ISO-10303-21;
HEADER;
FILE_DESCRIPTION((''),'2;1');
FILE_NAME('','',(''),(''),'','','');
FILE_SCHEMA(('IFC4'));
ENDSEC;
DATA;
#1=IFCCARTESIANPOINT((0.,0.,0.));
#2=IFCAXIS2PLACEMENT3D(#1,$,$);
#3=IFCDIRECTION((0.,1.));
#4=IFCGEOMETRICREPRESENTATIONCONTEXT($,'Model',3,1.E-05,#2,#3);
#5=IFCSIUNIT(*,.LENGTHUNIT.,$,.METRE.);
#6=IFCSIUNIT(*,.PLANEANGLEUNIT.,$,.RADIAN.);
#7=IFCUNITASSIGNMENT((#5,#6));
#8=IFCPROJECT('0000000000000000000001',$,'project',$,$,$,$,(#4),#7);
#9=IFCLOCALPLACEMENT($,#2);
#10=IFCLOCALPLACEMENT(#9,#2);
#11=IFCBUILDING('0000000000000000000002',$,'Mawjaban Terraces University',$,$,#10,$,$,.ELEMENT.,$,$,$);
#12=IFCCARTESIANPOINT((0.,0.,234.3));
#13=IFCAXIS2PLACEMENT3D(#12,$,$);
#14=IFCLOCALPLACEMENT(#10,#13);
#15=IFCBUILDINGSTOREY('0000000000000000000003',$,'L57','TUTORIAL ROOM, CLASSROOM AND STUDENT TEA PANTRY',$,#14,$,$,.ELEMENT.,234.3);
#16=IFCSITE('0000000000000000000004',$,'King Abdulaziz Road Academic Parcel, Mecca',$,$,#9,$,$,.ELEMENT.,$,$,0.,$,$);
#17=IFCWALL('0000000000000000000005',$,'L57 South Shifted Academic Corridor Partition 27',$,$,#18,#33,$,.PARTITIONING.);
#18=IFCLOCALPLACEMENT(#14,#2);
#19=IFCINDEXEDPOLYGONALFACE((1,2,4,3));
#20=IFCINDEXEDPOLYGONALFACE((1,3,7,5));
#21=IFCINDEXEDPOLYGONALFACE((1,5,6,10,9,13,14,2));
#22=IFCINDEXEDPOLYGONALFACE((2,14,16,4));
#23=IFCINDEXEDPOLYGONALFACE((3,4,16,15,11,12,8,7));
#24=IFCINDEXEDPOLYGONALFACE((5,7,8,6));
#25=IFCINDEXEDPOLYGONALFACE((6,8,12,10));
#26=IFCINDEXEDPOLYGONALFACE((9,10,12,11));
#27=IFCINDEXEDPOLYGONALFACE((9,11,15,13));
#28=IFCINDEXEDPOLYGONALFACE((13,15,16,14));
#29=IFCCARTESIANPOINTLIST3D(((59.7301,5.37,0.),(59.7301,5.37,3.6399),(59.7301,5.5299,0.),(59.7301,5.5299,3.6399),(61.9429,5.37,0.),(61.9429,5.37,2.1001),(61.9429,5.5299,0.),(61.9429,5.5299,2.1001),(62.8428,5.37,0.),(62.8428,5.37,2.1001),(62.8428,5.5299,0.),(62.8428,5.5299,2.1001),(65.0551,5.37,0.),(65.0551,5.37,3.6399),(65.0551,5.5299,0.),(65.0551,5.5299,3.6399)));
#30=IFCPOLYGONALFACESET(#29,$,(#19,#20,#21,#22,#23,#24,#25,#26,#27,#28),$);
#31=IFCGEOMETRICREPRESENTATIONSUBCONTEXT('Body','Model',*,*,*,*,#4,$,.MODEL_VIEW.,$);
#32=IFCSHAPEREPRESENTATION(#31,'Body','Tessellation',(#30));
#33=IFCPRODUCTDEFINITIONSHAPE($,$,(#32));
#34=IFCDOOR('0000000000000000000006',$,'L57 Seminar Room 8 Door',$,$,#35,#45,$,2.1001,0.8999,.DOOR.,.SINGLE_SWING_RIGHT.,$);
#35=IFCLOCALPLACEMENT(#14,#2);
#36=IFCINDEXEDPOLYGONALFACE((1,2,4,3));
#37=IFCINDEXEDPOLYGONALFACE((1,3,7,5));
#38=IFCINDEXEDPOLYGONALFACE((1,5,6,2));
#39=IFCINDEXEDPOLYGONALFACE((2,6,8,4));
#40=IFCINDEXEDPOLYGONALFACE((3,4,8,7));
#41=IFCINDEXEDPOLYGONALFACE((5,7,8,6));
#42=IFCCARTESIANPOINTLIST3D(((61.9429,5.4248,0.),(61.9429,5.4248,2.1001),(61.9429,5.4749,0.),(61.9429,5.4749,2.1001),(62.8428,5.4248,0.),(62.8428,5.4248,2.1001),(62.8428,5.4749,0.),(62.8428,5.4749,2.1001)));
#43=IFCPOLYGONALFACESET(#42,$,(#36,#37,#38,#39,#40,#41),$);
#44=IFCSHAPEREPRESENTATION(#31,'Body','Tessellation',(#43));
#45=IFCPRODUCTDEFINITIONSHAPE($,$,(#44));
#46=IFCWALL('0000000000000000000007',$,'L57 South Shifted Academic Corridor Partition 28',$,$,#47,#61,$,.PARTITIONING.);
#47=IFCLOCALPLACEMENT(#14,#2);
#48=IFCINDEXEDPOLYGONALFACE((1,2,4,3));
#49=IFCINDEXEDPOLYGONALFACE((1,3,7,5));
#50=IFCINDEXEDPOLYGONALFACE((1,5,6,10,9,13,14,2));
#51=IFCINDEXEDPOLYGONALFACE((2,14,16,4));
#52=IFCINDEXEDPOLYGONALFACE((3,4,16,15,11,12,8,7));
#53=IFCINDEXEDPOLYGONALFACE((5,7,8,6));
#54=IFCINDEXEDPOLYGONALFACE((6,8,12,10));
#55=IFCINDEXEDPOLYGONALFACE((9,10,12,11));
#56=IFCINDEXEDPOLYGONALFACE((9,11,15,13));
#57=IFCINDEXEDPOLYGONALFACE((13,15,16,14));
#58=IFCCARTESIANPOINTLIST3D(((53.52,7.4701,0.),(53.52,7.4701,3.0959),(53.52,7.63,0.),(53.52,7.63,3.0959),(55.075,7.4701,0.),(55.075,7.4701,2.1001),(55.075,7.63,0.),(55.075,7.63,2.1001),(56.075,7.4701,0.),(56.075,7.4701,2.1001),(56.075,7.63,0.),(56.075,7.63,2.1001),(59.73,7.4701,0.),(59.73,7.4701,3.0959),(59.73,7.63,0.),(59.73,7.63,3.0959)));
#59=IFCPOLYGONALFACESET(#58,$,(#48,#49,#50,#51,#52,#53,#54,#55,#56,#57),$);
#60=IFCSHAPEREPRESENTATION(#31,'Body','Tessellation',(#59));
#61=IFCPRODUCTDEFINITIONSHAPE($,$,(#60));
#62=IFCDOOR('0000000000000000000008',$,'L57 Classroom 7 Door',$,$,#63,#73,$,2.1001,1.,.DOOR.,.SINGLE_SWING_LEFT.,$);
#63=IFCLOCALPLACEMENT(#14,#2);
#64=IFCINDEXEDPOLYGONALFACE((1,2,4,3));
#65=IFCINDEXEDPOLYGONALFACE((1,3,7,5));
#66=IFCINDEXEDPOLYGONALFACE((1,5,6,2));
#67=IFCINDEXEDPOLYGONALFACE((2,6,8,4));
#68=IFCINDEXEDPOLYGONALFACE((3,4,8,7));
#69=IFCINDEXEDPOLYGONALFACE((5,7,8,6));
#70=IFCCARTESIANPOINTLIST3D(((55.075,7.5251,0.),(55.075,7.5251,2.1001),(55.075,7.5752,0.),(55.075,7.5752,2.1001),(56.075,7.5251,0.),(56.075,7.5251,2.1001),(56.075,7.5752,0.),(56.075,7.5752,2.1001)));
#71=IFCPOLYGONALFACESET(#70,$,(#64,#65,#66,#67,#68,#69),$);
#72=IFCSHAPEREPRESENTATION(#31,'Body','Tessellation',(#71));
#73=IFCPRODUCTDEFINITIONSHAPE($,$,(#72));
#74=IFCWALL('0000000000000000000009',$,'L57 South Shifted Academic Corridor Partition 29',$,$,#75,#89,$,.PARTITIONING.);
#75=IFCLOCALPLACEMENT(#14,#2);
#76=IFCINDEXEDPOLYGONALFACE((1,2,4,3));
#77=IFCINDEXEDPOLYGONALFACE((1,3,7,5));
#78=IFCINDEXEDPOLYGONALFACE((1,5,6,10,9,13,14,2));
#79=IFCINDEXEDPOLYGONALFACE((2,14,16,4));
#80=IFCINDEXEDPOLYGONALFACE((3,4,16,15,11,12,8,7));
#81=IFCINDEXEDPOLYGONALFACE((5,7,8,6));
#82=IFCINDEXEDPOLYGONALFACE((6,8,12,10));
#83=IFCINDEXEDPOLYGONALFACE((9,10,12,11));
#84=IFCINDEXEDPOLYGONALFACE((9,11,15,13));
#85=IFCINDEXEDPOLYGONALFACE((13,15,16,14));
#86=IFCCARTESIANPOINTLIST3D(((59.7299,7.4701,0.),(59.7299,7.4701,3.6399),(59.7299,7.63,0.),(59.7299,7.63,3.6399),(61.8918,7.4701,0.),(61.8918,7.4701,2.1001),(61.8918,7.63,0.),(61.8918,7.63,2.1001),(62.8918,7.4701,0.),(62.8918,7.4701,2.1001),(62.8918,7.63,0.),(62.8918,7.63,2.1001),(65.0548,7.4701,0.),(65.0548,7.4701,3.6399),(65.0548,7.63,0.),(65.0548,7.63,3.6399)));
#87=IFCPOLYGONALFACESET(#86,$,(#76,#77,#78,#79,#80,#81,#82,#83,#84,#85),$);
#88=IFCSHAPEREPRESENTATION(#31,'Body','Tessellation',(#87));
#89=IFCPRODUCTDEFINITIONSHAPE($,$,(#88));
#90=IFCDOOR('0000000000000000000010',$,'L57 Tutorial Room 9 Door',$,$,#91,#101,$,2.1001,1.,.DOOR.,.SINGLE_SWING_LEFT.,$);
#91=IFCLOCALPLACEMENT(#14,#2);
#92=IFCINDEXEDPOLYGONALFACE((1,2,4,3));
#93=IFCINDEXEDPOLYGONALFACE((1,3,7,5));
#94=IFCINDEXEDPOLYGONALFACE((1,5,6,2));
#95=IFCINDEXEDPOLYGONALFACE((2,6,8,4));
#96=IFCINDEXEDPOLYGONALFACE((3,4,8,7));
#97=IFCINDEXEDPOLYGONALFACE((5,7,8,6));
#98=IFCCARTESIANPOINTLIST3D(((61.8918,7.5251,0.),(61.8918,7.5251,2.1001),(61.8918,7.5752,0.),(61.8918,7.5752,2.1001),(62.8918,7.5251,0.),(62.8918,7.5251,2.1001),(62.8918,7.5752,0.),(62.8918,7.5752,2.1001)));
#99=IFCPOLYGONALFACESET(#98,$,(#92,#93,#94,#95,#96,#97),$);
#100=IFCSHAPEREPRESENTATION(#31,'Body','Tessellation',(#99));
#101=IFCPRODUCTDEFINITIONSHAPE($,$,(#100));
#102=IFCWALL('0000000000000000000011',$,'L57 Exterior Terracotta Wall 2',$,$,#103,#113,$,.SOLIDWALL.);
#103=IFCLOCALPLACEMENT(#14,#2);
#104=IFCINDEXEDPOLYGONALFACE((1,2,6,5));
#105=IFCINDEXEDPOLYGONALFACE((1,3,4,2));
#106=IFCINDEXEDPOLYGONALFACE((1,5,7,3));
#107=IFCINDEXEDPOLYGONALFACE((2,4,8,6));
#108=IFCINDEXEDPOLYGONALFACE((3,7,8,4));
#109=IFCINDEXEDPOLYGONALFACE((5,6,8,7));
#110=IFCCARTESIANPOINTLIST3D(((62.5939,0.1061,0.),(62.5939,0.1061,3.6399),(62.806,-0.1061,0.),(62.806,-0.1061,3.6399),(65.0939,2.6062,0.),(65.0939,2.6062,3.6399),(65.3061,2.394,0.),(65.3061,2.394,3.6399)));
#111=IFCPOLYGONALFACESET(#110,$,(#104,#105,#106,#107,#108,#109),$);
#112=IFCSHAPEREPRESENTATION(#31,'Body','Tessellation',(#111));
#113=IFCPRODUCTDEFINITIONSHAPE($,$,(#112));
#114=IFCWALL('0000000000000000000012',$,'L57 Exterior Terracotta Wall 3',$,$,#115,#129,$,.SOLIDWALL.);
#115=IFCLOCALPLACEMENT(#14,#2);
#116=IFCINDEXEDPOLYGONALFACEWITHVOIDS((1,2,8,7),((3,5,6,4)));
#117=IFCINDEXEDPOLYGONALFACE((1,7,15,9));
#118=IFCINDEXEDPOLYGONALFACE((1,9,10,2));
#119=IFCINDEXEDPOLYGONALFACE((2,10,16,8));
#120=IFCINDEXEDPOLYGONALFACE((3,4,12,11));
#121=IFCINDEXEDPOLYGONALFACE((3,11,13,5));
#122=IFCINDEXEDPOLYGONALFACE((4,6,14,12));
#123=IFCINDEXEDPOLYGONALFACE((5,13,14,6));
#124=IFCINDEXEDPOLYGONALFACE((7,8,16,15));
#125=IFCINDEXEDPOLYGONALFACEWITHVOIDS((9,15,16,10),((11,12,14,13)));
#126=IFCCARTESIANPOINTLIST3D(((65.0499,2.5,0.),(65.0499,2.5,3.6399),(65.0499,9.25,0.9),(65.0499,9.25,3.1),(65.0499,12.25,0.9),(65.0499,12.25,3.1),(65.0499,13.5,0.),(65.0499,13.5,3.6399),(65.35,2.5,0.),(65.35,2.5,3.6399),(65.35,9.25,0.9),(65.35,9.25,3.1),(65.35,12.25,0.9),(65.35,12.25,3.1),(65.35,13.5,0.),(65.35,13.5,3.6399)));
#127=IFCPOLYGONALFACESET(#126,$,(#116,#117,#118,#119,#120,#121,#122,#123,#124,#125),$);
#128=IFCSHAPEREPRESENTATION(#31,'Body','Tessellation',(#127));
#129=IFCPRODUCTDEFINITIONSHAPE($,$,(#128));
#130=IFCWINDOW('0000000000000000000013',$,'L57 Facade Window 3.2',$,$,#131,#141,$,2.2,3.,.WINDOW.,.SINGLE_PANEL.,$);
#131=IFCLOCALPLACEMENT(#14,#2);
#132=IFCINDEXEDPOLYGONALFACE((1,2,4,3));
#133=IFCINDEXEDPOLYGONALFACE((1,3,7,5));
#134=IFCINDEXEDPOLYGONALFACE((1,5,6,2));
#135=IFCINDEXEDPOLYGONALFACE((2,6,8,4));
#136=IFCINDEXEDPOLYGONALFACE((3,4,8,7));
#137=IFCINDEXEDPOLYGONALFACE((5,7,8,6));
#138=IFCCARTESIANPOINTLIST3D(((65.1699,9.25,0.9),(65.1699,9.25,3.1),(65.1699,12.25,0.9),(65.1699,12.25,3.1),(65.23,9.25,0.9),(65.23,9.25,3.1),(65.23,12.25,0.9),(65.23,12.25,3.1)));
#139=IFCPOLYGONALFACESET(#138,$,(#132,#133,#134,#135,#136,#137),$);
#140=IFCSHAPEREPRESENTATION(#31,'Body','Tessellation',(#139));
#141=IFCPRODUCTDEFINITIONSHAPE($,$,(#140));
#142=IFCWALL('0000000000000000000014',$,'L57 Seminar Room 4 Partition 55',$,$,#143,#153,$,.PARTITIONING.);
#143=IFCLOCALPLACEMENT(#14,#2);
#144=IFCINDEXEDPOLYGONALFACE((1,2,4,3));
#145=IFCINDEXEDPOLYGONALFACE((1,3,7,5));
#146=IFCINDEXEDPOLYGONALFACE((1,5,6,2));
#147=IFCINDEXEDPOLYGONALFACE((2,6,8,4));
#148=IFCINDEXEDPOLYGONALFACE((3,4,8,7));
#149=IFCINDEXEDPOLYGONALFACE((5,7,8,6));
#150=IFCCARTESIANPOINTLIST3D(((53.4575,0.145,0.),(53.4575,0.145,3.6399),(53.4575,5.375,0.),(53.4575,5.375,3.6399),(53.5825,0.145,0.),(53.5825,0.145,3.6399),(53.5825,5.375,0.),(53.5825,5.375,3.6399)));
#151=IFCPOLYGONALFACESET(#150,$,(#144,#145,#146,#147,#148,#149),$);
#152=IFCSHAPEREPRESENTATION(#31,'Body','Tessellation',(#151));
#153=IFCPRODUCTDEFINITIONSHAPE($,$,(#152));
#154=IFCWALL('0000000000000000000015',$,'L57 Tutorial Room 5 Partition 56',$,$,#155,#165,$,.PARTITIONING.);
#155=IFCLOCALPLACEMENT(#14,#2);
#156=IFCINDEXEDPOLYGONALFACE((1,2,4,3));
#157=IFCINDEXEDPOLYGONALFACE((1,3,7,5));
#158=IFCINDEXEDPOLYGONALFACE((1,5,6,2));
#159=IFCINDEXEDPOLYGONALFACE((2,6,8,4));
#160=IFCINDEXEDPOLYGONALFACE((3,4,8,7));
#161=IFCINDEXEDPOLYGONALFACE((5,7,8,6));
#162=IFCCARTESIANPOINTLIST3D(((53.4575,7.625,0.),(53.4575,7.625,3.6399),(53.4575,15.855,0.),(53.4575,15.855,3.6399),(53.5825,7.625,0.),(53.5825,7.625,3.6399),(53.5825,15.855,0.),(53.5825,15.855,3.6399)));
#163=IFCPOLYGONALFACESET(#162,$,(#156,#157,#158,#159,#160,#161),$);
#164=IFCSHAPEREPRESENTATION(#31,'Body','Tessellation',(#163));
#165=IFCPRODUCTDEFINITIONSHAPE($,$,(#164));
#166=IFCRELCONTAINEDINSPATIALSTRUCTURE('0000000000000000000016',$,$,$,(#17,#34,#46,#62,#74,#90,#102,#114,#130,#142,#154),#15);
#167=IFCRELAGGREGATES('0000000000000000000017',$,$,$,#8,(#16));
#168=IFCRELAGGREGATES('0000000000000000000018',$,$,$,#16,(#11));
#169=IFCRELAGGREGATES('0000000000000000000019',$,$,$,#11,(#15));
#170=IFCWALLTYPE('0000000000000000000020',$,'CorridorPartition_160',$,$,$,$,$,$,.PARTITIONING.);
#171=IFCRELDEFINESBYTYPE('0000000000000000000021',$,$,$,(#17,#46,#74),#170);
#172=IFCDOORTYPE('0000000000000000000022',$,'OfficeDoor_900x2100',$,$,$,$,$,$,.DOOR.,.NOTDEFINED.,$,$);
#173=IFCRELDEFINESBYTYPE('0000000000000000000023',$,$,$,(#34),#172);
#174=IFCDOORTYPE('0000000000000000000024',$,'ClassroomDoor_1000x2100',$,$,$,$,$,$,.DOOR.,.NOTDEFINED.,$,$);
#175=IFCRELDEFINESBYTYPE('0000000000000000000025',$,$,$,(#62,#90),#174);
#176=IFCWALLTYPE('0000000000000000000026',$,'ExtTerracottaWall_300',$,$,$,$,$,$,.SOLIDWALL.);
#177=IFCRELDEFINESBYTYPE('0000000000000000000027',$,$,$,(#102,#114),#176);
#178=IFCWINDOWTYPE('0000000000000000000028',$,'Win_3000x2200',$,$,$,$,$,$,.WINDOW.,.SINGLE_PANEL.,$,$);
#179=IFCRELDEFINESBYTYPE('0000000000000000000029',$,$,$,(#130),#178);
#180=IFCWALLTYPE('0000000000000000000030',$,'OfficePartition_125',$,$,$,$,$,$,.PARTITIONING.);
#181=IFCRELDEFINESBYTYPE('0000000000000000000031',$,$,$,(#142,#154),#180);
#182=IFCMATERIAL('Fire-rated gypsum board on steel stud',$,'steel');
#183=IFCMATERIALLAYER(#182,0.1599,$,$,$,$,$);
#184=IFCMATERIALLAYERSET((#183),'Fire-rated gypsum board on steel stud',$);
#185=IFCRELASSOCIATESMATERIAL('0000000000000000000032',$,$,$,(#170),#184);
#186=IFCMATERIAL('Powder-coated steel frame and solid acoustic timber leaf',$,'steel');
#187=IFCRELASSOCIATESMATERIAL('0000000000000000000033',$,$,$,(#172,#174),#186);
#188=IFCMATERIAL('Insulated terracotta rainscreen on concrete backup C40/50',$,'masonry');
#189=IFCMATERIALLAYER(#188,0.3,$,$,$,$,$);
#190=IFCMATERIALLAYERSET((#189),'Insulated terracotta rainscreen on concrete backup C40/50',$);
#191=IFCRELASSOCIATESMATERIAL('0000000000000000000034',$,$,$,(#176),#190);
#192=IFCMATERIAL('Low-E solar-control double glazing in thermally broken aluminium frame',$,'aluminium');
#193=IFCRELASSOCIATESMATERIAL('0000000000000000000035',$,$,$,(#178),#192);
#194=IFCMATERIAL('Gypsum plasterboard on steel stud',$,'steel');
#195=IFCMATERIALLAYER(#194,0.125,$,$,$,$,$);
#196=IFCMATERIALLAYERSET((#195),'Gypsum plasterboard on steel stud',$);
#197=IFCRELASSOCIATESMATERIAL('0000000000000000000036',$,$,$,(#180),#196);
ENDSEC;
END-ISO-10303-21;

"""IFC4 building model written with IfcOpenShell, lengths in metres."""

from ifc_helpers import new_model, si_unit, direction, frame, frame_2d, origin, place, context, subcontext, project, spatial, rectangle, extrude, material, layer, layer_set, type_object, element, fill, save


model = new_model("IFC4")

# Units and contexts
model_context = context("Model", 3, precision=1e-05, world=origin(), true_north=direction((0.0, 1.0)))
body_context = subcontext(model_context, "Body", "Model", "MODEL_VIEW")
ifc_project = project(units=[si_unit("LENGTHUNIT", "METRE"), si_unit("PLANEANGLEUNIT", "RADIAN")], contexts=[model_context])

# Site, building, storey
site_placement = place(None, origin())
site = spatial("IfcSite", under=ifc_project, at=site_placement, Name="King Abdulaziz Road Academic Parcel, Mecca", CompositionType="ELEMENT", RefElevation=0.0)
building_placement = place(site_placement, origin())
building = spatial("IfcBuilding", under=site, at=building_placement, Name="Mawjaban Terraces University", CompositionType="ELEMENT")
storey_placement = place(building_placement, frame((0.0, 0.0, 234.3)))
storey = spatial("IfcBuildingStorey", under=building, at=storey_placement, Name="L57", Description="TUTORIAL ROOM, CLASSROOM AND STUDENT TEA PANTRY", CompositionType="ELEMENT", Elevation=234.3)

# Walls, openings, doors
ifc_material_1 = material(Name="Fire-rated gypsum board on steel stud", Category="steel")
ifc_layer_1 = layer(ifc_material_1, 0.1599)
ifc_layer_set_1 = layer_set([ifc_layer_1], Name="Fire-rated gypsum board on steel stud")
wall_type_1 = type_object("IfcWallType", Name="CorridorPartition_160", PredefinedType="PARTITIONING", material=ifc_layer_set_1)
ifc_material_2 = material(Name="Powder-coated steel frame and solid acoustic timber leaf", Category="steel")
door_type_1 = type_object("IfcDoorType", Name="OfficeDoor_900x2100", OperationType="NOTDEFINED", PredefinedType="DOOR", material=ifc_material_2)
door_type_2 = type_object("IfcDoorType", Name="ClassroomDoor_1000x2100", OperationType="NOTDEFINED", PredefinedType="DOOR", material=ifc_material_2)
wall_1_placement = place(storey_placement, frame((59.73, 5.45, 0.0), z_axis=(0.0, 0.0, 1.0), x_axis=(1.0, 0.0, 0.0)))
wall_1 = element("IfcWall", 1, at=wall_1_placement, inside=storey, type_object=wall_type_1, Name="L57 South Shifted Academic Corridor Partition 27", PredefinedType="PARTITIONING", context=body_context, shape_type="SweptSolid", body=[
    extrude(rectangle(XDim=5.325, YDim=0.1599, at=frame_2d((2.6626, 0.0))), origin(), (0.0, 0.0, 1.0), 3.6399),
])
opening_1_placement = place(wall_1_placement, frame((2.2129, 0.0, 0.0)))
opening_1 = element("IfcOpeningElement", 2, at=opening_1_placement, cuts=wall_1, PredefinedType="OPENING", context=body_context, shape_type="SweptSolid", body=[
    extrude(rectangle(XDim=0.8999, YDim=2.1001, at=frame_2d((0.45, 1.05))), frame((0.0, 0.0898, 0.0), z_axis=(0.0, -1.0, 0.0), x_axis=(1.0, 0.0, 0.0)), (0.0, 0.0, 1.0), 0.1799),
])
door_1_placement = place(opening_1_placement, origin())
door_1 = element("IfcDoor", 3, at=door_1_placement, inside=storey, type_object=door_type_1, Name="L57 Seminar Room 8 Door", OperationType="SINGLE_SWING_RIGHT", OverallHeight=2.1001, OverallWidth=0.8999, PredefinedType="DOOR", context=body_context, shape_type="SweptSolid", body=[
    extrude(rectangle(XDim=0.8999, YDim=2.1001, at=frame_2d((0.45, 1.05))), frame((0.0, 0.0249, 0.0), z_axis=(0.0, -1.0, 0.0), x_axis=(1.0, 0.0, 0.0)), (0.0, 0.0, 1.0), 0.05),
])
fill(opening_1, door_1)
wall_2_placement = place(storey_placement, frame((59.73, 7.55, 0.0), z_axis=(0.0, 0.0, 1.0), x_axis=(-1.0, 0.0, 0.0)))
wall_2 = element("IfcWall", 4, at=wall_2_placement, inside=storey, type_object=wall_type_1, Name="L57 South Shifted Academic Corridor Partition 28", PredefinedType="PARTITIONING", context=body_context, shape_type="SweptSolid", body=[
    extrude(rectangle(XDim=6.21, YDim=0.1599, at=frame_2d((3.105, 0.0))), origin(), (0.0, 0.0, 1.0), 3.0959),
])
opening_2_placement = place(wall_2_placement, frame((3.655, 0.0, 0.0)))
opening_2 = element("IfcOpeningElement", 5, at=opening_2_placement, cuts=wall_2, PredefinedType="OPENING", context=body_context, shape_type="SweptSolid", body=[
    extrude(rectangle(XDim=1.0, YDim=2.1001, at=frame_2d((0.5, 1.05))), frame((0.0, 0.0898, 0.0), z_axis=(0.0, -1.0, 0.0), x_axis=(1.0, 0.0, 0.0)), (0.0, 0.0, 1.0), 0.1799),
])
door_2_placement = place(opening_2_placement, origin())
door_2 = element("IfcDoor", 6, at=door_2_placement, inside=storey, type_object=door_type_2, Name="L57 Classroom 7 Door", OperationType="SINGLE_SWING_LEFT", OverallHeight=2.1001, OverallWidth=1.0, PredefinedType="DOOR", context=body_context, shape_type="SweptSolid", body=[
    extrude(rectangle(XDim=1.0, YDim=2.1001, at=frame_2d((0.5, 1.05))), frame((0.0, 0.0249, 0.0), z_axis=(0.0, -1.0, 0.0), x_axis=(1.0, 0.0, 0.0)), (0.0, 0.0, 1.0), 0.05),
])
fill(opening_2, door_2)
wall_3_placement = place(storey_placement, frame((65.0549, 7.55, 0.0), z_axis=(0.0, 0.0, 1.0), x_axis=(-1.0, 0.0, 0.0)))
wall_3 = element("IfcWall", 7, at=wall_3_placement, inside=storey, type_object=wall_type_1, Name="L57 South Shifted Academic Corridor Partition 29", PredefinedType="PARTITIONING", context=body_context, shape_type="SweptSolid", body=[
    extrude(rectangle(XDim=5.325, YDim=0.1599, at=frame_2d((2.6626, 0.0))), origin(), (0.0, 0.0, 1.0), 3.6399),
])
opening_3_placement = place(wall_3_placement, frame((2.1631, 0.0, 0.0)))
opening_3 = element("IfcOpeningElement", 8, at=opening_3_placement, cuts=wall_3, PredefinedType="OPENING", context=body_context, shape_type="SweptSolid", body=[
    extrude(rectangle(XDim=1.0, YDim=2.1001, at=frame_2d((0.5, 1.05))), frame((0.0, 0.0898, 0.0), z_axis=(0.0, -1.0, 0.0), x_axis=(1.0, 0.0, 0.0)), (0.0, 0.0, 1.0), 0.1799),
])
door_3_placement = place(opening_3_placement, origin())
door_3 = element("IfcDoor", 9, at=door_3_placement, inside=storey, type_object=door_type_2, Name="L57 Tutorial Room 9 Door", OperationType="SINGLE_SWING_LEFT", OverallHeight=2.1001, OverallWidth=1.0, PredefinedType="DOOR", context=body_context, shape_type="SweptSolid", body=[
    extrude(rectangle(XDim=1.0, YDim=2.1001, at=frame_2d((0.5, 1.05))), frame((0.0, 0.0249, 0.0), z_axis=(0.0, -1.0, 0.0), x_axis=(1.0, 0.0, 0.0)), (0.0, 0.0, 1.0), 0.05),
])
fill(opening_3, door_3)

# Wall
ifc_material_3 = material(Name="Insulated terracotta rainscreen on concrete backup C40/50", Category="masonry")
ifc_layer_2 = layer(ifc_material_3, 0.3)
ifc_layer_set_2 = layer_set([ifc_layer_2], Name="Insulated terracotta rainscreen on concrete backup C40/50")
wall_type_2 = type_object("IfcWallType", Name="ExtTerracottaWall_300", PredefinedType="SOLIDWALL", material=ifc_layer_set_2)
wall_4_placement = place(storey_placement, frame((62.7, 0.0, 0.0), z_axis=(0.0, 0.0, 1.0), x_axis=(0.707107, 0.707107, 0.0)))
element("IfcWall", 10, at=wall_4_placement, inside=storey, type_object=wall_type_2, Name="L57 Exterior Terracotta Wall 2", PredefinedType="SOLIDWALL", context=body_context, shape_type="SweptSolid", body=[
    extrude(rectangle(XDim=3.5356, YDim=0.3, at=frame_2d((1.7678, 0.0))), origin(), (0.0, 0.0, 1.0), 3.6399),
])

# Wall, opening, window
wall_5_placement = place(storey_placement, frame((65.2, 2.5, 0.0), z_axis=(0.0, 0.0, 1.0), x_axis=(0.0, 1.0, 0.0)))
wall_5 = element("IfcWall", 11, at=wall_5_placement, inside=storey, type_object=wall_type_2, Name="L57 Exterior Terracotta Wall 3", PredefinedType="SOLIDWALL", context=body_context, shape_type="SweptSolid", body=[
    extrude(rectangle(XDim=11.0, YDim=0.3, at=frame_2d((5.5, 0.0))), origin(), (0.0, 0.0, 1.0), 3.6399),
])
opening_4_placement = place(wall_5_placement, frame((6.75, 0.0, 0.8999)))
opening_4 = element("IfcOpeningElement", 12, at=opening_4_placement, cuts=wall_5, PredefinedType="OPENING", context=body_context, shape_type="SweptSolid", body=[
    extrude(rectangle(XDim=3.0, YDim=2.2, at=frame_2d((1.5, 1.1001))), frame((0.0, 0.1599, 0.0), z_axis=(0.0, -1.0, 0.0), x_axis=(1.0, 0.0, 0.0)), (0.0, 0.0, 1.0), 0.3201),
])
ifc_material_4 = material(Name="Low-E solar-control double glazing in thermally broken aluminium frame", Category="aluminium")
window_type = type_object("IfcWindowType", Name="Win_3000x2200", PartitioningType="SINGLE_PANEL", PredefinedType="WINDOW", material=ifc_material_4)
window_placement = place(opening_4_placement, origin())
window = element("IfcWindow", 13, at=window_placement, inside=storey, type_object=window_type, Name="L57 Facade Window 3.2", OverallHeight=2.2, OverallWidth=3.0, PartitioningType="SINGLE_PANEL", PredefinedType="WINDOW", context=body_context, shape_type="SweptSolid", body=[
    extrude(rectangle(XDim=3.0, YDim=2.2, at=frame_2d((1.5, 1.1001))), frame((0.0, 0.03, 0.0), z_axis=(0.0, -1.0, 0.0), x_axis=(1.0, 0.0, 0.0)), (0.0, 0.0, 1.0), 0.0601),
])
fill(opening_4, window)

# Walls
ifc_material_5 = material(Name="Gypsum plasterboard on steel stud", Category="steel")
ifc_layer_3 = layer(ifc_material_5, 0.125)
ifc_layer_set_3 = layer_set([ifc_layer_3], Name="Gypsum plasterboard on steel stud")
wall_type_3 = type_object("IfcWallType", Name="OfficePartition_125", PredefinedType="PARTITIONING", material=ifc_layer_set_3)
wall_6_placement = place(storey_placement, frame((53.52, 0.145, 0.0), z_axis=(0.0, 0.0, 1.0), x_axis=(0.0, 1.0, 0.0)))
element("IfcWall", 14, at=wall_6_placement, inside=storey, type_object=wall_type_3, Name="L57 Seminar Room 4 Partition 55", PredefinedType="PARTITIONING", context=body_context, shape_type="SweptSolid", body=[
    extrude(rectangle(XDim=5.23, YDim=0.125, at=frame_2d((2.615, 0.0))), origin(), (0.0, 0.0, 1.0), 3.6399),
])
wall_7_placement = place(storey_placement, frame((53.52, 7.625, 0.0), z_axis=(0.0, 0.0, 1.0), x_axis=(0.0, 1.0, 0.0)))
element("IfcWall", 15, at=wall_7_placement, inside=storey, type_object=wall_type_3, Name="L57 Tutorial Room 5 Partition 56", PredefinedType="PARTITIONING", context=body_context, shape_type="SweptSolid", body=[
    extrude(rectangle(XDim=8.23, YDim=0.125, at=frame_2d((4.115, 0.0))), origin(), (0.0, 0.0, 1.0), 3.6399),
])

save(model, "model.ifc")
